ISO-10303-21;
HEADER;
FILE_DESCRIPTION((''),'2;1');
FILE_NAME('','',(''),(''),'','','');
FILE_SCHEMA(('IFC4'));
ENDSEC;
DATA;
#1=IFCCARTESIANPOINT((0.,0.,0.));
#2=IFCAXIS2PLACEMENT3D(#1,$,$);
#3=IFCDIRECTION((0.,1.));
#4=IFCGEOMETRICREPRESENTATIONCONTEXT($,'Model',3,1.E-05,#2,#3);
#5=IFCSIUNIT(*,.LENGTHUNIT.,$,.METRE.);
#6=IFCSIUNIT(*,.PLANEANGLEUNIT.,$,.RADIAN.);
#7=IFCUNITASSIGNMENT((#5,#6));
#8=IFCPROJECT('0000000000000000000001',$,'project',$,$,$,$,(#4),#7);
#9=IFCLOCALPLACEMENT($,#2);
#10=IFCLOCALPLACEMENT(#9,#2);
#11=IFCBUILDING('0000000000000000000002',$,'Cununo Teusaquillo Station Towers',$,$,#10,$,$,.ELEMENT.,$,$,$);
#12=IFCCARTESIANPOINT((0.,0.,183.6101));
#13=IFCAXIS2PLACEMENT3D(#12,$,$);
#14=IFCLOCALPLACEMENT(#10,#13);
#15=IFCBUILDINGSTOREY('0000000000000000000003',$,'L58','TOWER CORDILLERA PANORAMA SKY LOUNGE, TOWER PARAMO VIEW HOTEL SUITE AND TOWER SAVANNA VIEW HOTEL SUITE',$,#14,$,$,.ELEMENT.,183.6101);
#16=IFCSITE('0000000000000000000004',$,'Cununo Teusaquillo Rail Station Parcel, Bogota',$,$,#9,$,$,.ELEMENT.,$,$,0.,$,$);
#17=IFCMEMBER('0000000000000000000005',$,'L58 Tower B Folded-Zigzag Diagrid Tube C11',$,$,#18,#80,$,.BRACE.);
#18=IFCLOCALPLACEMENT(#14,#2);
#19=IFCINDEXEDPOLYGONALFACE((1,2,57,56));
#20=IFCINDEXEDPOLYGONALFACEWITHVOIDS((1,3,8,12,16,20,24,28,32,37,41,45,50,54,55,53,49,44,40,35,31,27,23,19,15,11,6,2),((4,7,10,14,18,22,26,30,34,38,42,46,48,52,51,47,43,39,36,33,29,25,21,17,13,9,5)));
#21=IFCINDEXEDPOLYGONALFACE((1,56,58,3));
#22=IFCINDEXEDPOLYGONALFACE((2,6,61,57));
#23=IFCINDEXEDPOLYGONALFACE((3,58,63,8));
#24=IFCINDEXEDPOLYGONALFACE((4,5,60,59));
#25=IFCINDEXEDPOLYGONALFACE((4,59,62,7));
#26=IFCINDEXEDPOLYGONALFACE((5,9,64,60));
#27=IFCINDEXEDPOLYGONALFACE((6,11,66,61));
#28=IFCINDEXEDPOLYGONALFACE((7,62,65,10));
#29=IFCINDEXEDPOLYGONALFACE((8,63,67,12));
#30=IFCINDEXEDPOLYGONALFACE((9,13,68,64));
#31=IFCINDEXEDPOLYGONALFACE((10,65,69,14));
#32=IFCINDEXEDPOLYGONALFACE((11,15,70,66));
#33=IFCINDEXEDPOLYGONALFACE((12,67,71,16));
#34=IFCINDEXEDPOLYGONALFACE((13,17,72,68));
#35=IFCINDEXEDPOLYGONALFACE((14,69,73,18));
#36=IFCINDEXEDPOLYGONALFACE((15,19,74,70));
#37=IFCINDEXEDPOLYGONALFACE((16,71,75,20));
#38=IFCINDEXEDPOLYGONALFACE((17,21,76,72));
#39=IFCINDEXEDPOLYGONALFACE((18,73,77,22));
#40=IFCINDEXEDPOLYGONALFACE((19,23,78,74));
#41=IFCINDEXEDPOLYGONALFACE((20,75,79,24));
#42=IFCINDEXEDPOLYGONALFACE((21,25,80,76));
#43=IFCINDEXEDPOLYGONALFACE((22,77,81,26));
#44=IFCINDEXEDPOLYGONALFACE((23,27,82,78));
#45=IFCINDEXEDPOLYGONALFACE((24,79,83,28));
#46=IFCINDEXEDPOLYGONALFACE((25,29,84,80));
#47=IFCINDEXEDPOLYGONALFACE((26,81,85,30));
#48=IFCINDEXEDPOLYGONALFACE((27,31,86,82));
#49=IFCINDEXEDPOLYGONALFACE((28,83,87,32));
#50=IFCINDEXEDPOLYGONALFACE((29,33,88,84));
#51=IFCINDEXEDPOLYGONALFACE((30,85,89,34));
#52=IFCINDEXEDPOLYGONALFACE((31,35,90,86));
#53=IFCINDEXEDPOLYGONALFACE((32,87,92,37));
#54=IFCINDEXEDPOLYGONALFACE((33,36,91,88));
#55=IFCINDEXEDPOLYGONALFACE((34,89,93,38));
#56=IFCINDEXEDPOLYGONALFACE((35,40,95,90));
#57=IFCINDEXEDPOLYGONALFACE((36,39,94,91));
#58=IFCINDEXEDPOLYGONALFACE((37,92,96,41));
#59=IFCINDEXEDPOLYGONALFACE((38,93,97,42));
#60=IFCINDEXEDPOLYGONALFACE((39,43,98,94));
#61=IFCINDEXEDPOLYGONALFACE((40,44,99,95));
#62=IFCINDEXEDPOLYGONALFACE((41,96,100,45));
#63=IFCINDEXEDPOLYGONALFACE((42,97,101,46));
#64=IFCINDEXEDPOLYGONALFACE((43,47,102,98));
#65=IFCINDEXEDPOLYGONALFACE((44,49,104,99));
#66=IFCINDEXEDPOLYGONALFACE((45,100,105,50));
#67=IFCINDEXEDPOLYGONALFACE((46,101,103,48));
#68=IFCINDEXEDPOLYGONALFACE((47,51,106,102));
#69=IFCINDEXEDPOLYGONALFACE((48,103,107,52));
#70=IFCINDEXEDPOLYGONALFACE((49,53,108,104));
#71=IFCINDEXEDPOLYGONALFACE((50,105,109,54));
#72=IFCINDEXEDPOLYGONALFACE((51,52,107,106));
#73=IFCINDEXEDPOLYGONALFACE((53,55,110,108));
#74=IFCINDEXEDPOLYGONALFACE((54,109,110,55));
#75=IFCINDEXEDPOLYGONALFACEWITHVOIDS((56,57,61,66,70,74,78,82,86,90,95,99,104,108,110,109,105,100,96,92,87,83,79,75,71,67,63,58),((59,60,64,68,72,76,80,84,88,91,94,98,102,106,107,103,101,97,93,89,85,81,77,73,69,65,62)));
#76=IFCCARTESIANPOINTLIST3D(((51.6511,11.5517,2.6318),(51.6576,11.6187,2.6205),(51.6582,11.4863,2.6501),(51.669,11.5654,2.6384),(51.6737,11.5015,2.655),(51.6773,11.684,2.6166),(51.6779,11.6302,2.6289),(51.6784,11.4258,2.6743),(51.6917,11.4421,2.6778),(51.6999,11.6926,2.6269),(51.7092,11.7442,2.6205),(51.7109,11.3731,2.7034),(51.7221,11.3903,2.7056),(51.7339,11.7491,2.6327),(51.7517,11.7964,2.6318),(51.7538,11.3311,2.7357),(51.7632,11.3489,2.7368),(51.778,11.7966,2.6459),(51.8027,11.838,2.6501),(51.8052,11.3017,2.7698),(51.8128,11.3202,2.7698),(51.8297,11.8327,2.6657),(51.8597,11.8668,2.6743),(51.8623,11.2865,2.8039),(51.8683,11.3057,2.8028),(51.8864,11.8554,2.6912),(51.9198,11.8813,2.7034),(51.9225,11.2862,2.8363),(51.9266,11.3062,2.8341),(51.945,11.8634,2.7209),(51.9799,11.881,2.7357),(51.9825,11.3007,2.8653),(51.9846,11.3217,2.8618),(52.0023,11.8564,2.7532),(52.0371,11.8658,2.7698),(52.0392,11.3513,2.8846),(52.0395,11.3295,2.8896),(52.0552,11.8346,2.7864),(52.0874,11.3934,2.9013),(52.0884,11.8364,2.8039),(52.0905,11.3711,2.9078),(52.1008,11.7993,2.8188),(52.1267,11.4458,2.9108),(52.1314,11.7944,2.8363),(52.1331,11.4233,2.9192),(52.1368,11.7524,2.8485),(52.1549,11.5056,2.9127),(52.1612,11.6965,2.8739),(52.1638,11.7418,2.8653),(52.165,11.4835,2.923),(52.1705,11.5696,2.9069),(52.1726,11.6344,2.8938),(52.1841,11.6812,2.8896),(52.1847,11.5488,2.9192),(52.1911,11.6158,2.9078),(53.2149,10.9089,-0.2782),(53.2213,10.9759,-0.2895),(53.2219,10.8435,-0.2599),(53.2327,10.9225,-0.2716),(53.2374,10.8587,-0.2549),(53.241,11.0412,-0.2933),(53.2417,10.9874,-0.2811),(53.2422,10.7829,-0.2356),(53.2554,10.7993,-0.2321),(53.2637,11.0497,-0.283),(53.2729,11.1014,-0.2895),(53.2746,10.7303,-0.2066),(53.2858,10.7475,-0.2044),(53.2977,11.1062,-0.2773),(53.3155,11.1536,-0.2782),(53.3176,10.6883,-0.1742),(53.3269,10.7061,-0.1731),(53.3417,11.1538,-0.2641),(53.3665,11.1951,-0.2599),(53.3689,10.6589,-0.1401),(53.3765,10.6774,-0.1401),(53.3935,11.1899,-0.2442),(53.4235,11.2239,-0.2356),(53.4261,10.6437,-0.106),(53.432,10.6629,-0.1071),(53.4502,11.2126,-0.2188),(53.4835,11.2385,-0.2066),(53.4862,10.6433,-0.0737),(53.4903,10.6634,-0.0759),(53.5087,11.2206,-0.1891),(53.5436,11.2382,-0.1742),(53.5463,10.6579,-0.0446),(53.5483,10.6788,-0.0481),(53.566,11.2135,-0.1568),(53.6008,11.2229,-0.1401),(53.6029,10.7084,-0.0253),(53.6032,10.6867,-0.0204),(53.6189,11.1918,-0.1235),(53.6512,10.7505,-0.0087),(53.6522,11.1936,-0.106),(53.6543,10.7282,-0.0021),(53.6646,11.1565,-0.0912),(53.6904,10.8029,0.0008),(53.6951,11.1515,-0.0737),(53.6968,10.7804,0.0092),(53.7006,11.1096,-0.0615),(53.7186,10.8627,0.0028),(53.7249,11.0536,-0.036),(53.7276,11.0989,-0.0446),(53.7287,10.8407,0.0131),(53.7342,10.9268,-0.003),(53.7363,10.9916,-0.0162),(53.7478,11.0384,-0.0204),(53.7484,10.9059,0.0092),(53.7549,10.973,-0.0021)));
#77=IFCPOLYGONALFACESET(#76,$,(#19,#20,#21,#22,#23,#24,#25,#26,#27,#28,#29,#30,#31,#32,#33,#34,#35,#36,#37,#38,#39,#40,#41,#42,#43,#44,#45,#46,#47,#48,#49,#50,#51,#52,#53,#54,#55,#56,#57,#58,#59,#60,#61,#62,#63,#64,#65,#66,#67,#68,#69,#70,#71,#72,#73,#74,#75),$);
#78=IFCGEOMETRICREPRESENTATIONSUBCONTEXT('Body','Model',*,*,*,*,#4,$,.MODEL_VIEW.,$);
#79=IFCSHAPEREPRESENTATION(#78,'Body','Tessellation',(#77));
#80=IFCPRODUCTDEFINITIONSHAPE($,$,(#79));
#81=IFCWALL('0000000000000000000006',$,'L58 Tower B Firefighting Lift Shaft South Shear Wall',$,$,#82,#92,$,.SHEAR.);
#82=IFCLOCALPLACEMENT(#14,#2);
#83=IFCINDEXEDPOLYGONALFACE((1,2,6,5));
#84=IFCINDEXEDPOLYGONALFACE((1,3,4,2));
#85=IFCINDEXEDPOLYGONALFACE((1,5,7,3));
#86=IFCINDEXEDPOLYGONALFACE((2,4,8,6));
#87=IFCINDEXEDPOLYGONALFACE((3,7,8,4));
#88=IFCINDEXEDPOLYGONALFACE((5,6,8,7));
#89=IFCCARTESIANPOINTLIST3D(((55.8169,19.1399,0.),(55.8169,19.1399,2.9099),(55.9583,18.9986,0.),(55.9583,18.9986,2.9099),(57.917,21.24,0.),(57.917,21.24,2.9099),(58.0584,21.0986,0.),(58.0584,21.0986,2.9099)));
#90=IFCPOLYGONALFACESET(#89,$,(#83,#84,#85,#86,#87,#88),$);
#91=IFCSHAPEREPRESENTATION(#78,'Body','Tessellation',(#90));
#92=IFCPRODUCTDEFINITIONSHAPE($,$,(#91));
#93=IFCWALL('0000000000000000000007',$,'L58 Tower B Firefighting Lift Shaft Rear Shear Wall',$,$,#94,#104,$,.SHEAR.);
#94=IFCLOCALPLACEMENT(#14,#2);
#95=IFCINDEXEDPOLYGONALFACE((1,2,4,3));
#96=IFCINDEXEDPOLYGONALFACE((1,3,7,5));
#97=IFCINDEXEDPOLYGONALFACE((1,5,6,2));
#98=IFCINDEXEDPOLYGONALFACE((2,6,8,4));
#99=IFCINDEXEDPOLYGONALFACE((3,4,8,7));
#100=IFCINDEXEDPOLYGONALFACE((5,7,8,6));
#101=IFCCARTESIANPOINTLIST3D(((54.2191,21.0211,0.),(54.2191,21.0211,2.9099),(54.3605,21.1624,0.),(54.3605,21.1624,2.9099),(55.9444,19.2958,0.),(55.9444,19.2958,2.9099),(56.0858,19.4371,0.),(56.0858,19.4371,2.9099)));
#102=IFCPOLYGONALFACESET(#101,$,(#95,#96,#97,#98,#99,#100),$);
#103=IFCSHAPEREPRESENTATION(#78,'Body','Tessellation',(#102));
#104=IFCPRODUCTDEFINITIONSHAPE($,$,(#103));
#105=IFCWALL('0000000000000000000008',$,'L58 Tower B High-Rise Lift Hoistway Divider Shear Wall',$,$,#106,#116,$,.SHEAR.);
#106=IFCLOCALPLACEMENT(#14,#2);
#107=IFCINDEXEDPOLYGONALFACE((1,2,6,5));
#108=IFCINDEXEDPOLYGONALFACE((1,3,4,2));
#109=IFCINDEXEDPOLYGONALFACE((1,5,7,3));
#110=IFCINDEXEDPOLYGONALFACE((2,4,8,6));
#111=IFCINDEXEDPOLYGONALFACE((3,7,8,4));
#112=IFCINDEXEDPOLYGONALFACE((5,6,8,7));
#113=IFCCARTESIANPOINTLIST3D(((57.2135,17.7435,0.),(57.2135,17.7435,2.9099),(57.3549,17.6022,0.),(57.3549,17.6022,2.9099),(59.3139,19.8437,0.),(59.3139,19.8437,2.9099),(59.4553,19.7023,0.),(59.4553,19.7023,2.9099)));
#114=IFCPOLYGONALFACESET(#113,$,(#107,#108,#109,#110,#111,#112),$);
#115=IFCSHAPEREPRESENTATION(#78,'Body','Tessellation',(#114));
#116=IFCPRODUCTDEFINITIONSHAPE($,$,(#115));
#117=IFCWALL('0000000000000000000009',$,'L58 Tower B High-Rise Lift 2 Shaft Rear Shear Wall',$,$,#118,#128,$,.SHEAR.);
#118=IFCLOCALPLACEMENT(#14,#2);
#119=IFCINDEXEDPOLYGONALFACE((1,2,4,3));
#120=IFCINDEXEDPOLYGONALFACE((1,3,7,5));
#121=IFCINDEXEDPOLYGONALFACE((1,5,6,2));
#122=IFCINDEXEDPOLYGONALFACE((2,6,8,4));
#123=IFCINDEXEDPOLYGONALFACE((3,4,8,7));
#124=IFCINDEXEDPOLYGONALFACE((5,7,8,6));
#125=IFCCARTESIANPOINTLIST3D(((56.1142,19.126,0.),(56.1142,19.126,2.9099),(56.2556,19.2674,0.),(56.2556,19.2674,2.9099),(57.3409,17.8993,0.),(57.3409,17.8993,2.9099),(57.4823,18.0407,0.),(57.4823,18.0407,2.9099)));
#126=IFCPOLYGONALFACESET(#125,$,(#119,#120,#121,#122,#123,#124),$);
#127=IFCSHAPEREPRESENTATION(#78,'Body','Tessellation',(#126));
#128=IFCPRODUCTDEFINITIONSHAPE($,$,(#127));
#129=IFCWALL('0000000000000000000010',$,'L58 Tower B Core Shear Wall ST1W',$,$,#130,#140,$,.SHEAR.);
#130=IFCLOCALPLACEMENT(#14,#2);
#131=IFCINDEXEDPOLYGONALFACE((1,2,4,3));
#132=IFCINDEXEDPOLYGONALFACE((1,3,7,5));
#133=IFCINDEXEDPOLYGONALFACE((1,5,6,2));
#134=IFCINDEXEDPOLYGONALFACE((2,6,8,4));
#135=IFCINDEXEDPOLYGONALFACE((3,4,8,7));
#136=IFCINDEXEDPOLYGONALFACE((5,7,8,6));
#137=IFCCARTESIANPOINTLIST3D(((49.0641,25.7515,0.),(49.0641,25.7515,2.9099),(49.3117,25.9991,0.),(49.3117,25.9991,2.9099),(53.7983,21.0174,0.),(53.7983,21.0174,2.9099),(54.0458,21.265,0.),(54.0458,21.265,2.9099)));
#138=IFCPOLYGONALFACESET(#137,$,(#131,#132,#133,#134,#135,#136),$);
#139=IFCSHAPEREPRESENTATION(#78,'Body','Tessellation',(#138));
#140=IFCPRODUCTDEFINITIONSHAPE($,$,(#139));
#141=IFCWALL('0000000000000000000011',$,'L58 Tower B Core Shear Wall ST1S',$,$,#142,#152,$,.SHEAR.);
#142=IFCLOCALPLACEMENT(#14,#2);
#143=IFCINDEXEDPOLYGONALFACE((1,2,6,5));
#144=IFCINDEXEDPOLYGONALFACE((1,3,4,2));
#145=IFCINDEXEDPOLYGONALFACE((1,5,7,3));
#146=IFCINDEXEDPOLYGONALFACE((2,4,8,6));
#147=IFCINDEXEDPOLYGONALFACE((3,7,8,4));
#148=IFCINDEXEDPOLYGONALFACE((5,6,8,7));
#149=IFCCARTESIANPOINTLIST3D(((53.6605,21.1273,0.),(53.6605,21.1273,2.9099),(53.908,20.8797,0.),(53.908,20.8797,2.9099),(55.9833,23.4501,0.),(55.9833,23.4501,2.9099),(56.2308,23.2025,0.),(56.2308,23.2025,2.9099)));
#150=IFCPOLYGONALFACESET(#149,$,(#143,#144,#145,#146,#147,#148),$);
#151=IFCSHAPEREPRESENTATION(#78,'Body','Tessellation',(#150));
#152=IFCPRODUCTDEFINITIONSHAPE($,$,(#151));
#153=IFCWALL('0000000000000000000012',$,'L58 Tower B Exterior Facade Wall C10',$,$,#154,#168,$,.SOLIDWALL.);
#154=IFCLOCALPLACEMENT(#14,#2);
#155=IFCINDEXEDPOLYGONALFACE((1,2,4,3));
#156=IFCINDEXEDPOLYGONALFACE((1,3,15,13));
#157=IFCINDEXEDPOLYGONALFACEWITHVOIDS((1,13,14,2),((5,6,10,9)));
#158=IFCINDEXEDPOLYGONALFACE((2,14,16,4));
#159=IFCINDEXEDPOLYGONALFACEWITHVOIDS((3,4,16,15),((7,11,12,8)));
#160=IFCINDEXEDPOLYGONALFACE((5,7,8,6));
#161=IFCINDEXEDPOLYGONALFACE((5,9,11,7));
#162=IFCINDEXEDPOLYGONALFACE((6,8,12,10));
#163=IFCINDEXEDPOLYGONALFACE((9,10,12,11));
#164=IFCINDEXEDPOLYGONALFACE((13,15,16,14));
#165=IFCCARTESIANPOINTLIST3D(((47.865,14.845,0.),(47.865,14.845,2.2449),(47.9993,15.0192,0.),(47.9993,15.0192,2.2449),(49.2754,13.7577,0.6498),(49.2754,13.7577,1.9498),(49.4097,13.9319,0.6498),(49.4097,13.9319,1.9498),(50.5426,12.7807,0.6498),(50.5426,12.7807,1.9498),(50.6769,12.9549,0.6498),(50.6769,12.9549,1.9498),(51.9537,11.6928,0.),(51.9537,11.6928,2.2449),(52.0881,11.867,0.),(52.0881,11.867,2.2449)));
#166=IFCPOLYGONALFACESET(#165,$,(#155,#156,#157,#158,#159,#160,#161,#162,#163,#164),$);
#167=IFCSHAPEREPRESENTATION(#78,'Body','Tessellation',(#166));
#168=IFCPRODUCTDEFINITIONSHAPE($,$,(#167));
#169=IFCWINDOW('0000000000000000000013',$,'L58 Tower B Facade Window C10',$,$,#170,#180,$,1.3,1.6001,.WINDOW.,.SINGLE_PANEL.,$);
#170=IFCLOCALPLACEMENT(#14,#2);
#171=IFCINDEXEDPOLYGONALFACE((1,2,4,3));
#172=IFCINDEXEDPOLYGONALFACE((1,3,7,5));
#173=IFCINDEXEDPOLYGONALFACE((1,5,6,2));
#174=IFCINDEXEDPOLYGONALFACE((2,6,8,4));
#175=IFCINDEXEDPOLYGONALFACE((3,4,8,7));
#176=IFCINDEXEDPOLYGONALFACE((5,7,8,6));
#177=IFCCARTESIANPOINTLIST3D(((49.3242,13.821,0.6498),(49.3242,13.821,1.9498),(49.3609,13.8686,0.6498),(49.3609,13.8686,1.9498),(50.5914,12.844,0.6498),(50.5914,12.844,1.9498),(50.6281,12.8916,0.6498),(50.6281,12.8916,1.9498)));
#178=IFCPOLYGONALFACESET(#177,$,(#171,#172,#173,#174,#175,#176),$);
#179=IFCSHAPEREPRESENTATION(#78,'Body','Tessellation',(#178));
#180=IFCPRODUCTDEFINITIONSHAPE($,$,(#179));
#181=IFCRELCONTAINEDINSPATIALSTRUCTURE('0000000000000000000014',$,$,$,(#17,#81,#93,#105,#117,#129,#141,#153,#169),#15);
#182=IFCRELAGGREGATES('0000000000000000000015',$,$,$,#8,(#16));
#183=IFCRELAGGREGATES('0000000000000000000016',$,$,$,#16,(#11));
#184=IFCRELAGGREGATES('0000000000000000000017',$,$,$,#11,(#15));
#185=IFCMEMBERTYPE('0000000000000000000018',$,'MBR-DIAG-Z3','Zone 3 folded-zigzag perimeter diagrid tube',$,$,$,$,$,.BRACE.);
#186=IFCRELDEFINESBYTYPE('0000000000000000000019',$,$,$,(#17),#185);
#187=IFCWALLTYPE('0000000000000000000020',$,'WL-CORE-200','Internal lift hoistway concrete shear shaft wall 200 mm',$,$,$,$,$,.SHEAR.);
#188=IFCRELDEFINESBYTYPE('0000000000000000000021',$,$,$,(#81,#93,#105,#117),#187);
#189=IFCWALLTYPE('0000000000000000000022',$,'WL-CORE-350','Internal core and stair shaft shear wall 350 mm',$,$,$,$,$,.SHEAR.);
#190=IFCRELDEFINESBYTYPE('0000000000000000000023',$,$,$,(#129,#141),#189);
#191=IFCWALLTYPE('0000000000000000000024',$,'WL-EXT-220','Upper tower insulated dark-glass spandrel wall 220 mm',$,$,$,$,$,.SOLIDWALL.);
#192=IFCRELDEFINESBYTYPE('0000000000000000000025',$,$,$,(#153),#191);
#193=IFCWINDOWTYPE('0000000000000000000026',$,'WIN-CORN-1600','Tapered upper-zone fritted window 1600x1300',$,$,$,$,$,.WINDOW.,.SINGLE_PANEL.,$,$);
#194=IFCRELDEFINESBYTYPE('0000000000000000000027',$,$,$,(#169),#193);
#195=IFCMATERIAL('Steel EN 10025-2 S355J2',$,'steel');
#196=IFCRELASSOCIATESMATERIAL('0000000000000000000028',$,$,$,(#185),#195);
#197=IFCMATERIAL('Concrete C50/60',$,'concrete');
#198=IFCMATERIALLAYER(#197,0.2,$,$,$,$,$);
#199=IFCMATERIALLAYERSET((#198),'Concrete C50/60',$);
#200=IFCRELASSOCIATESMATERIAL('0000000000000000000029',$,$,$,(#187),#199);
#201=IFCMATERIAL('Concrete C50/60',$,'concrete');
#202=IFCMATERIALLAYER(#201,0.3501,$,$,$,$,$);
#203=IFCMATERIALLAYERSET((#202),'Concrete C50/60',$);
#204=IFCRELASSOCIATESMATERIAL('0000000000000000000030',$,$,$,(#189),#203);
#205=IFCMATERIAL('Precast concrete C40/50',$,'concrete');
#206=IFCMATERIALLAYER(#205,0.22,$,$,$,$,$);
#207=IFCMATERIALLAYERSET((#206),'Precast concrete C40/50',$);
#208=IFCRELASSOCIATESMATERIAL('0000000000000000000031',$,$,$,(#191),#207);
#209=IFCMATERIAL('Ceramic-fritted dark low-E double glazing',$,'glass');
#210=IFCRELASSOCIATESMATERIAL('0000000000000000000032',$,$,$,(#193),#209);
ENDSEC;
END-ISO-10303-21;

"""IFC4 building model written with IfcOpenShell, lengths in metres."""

from ifc_helpers import new_model, si_unit, direction, frame, frame_2d, origin, origin_2d, place, context, subcontext, project, spatial, rectangle, hollow_circle, extrude, source, transform, mapped, material, layer, layer_set, material_profile, profile_set, type_object, element, fill, save


model = new_model("IFC4")

# Units and contexts
model_context = context("Model", 3, precision=1e-05, world=origin(), true_north=direction((0.0, 1.0)))
body_context = subcontext(model_context, "Body", "Model", "MODEL_VIEW")
ifc_project = project(units=[si_unit("LENGTHUNIT", "METRE"), si_unit("PLANEANGLEUNIT", "RADIAN")], contexts=[model_context])

# Site, building, storey
site_placement = place(None, origin())
site = spatial("IfcSite", under=ifc_project, at=site_placement, Name="Cununo Teusaquillo Rail Station Parcel, Bogota", CompositionType="ELEMENT", RefElevation=0.0)
building_placement = place(site_placement, origin())
building = spatial("IfcBuilding", under=site, at=building_placement, Name="Cununo Teusaquillo Station Towers", CompositionType="ELEMENT")
storey_placement = place(building_placement, frame((0.0, 0.0, 183.6101)))
storey = spatial("IfcBuildingStorey", under=building, at=storey_placement, Name="L58", Description="TOWER CORDILLERA PANORAMA SKY LOUNGE, TOWER PARAMO VIEW HOTEL SUITE AND TOWER SAVANNA VIEW HOTEL SUITE", CompositionType="ELEMENT", Elevation=183.6101)

# Member
ifc_material_1 = material(Name="Steel EN 10025-2 S355J2", Category="steel")
ifc_material_profile_1 = material_profile(ifc_material_1, hollow_circle(Radius=0.3049, WallThickness=0.02, at=origin_2d()), Name="CHS 610x20")
ifc_profile_set_1 = profile_set([ifc_material_profile_1], Name="Steel EN 10025-2 S355J2")
member_type = type_object("IfcMemberType", Name="MBR-DIAG-Z3", Description="Zone 3 folded-zigzag perimeter diagrid tube", PredefinedType="BRACE", material=ifc_profile_set_1)
member_placement = place(storey_placement, frame((53.4849, 10.9409, -0.1401), z_axis=(-0.464644, 0.191008, 0.864651), x_axis=(-0.380212, -0.924899, 0.0)))
element("IfcMember", 1, at=member_placement, inside=storey, type_object=member_type, Name="L58 Tower B Folded-Zigzag Diagrid Tube C11", PredefinedType="BRACE", context=body_context, shape_type="SweptSolid", body=[
    extrude(hollow_circle(Radius=0.3049, WallThickness=0.02, at=origin_2d()), origin(), (0.0, 0.0, 1.0), 3.3655),
])

# Walls
ifc_material_2 = material(Name="Concrete C50/60", Category="concrete")
ifc_layer_1 = layer(ifc_material_2, 0.2)
ifc_layer_set_1 = layer_set([ifc_layer_1], Name="Concrete C50/60")
wall_type_1 = type_object("IfcWallType", Name="WL-CORE-200", Description="Internal lift hoistway concrete shear shaft wall 200 mm", PredefinedType="SHEAR", material=ifc_layer_set_1)
wall_1_placement = place(storey_placement, frame((55.8877, 19.0693, 0.0), z_axis=(0.0, 0.0, 1.0), x_axis=(0.707107, 0.707107, 0.0)))
element("IfcWall", 2, at=wall_1_placement, inside=storey, type_object=wall_type_1, Name="L58 Tower B Firefighting Lift Shaft South Shear Wall", PredefinedType="SHEAR", context=body_context, shape_type="SweptSolid", body=[
    extrude(rectangle(XDim=2.97, YDim=0.2, at=frame_2d((1.4849, 0.0))), origin(), (0.0, 0.0, 1.0), 2.9099),
])
wall_2_placement = place(storey_placement, frame((56.0151, 19.3665, 0.0), z_axis=(0.0, 0.0, 1.0), x_axis=(-0.707107, 0.707107, 0.0)))
element("IfcWall", 3, at=wall_2_placement, inside=storey, type_object=wall_type_1, Name="L58 Tower B Firefighting Lift Shaft Rear Shear Wall", PredefinedType="SHEAR", context=body_context, shape_type="SweptSolid", body=[
    extrude(rectangle(XDim=2.4399, YDim=0.2, at=frame_2d((1.22, 0.0))), origin(), (0.0, 0.0, 1.0), 2.9099),
])
wall_3_placement = place(storey_placement, frame((57.2842, 17.6729, 0.0), z_axis=(0.0, 0.0, 1.0), x_axis=(0.707148, 0.707066, 0.0)))
element("IfcWall", 4, at=wall_3_placement, inside=storey, type_object=wall_type_1, Name="L58 Tower B High-Rise Lift Hoistway Divider Shear Wall", PredefinedType="SHEAR", context=body_context, shape_type="SweptSolid", body=[
    extrude(rectangle(XDim=2.9702, YDim=0.2, at=frame_2d((1.4851, 0.0))), origin(), (0.0, 0.0, 1.0), 2.9099),
])
wall_4_placement = place(storey_placement, frame((57.4116, 17.97, 0.0), z_axis=(0.0, 0.0, 1.0), x_axis=(-0.707107, 0.707107, 0.0)))
element("IfcWall", 5, at=wall_4_placement, inside=storey, type_object=wall_type_1, Name="L58 Tower B High-Rise Lift 2 Shaft Rear Shear Wall", PredefinedType="SHEAR", context=body_context, shape_type="SweptSolid", body=[
    extrude(rectangle(XDim=1.7349, YDim=0.2, at=frame_2d((0.8674, 0.0))), origin(), (0.0, 0.0, 1.0), 2.9099),
])
ifc_material_3 = material(Name="Concrete C50/60", Category="concrete")
ifc_layer_2 = layer(ifc_material_3, 0.3501)
ifc_layer_set_2 = layer_set([ifc_layer_2], Name="Concrete C50/60")
wall_type_2 = type_object("IfcWallType", Name="WL-CORE-350", Description="Internal core and stair shaft shear wall 350 mm", PredefinedType="SHEAR", material=ifc_layer_set_2)
wall_5_placement = place(storey_placement, frame((53.9221, 21.1411, 0.0), z_axis=(0.0, 0.0, 1.0), x_axis=(-0.707107, 0.707107, 0.0)))
element("IfcWall", 6, at=wall_5_placement, inside=storey, type_object=wall_type_2, Name="L58 Tower B Core Shear Wall ST1W", PredefinedType="SHEAR", context=body_context, shape_type="SweptSolid", body=[
    extrude(rectangle(XDim=6.6951, YDim=0.3501, at=frame_2d((3.3477, 0.0))), origin(), (0.0, 0.0, 1.0), 2.9099),
])
wall_6_placement = place(storey_placement, frame((53.7842, 21.0034, 0.0), z_axis=(0.0, 0.0, 1.0), x_axis=(0.707107, 0.707107, 0.0)))
element("IfcWall", 7, at=wall_6_placement, inside=storey, type_object=wall_type_2, Name="L58 Tower B Core Shear Wall ST1S", PredefinedType="SHEAR", context=body_context, shape_type="SweptSolid", body=[
    extrude(rectangle(XDim=3.2849, YDim=0.3501, at=frame_2d((1.6426, 0.0))), origin(), (0.0, 0.0, 1.0), 2.9099),
])

# Wall, opening, window
ifc_material_4 = material(Name="Precast concrete C40/50", Category="concrete")
ifc_layer_3 = layer(ifc_material_4, 0.22)
ifc_layer_set_3 = layer_set([ifc_layer_3], Name="Precast concrete C40/50")
wall_type_3 = type_object("IfcWallType", Name="WL-EXT-220", Description="Upper tower insulated dark-glass spandrel wall 220 mm", PredefinedType="SOLIDWALL", material=ifc_layer_set_3)
wall_7_placement = place(storey_placement, frame((52.021, 11.7798, 0.0), z_axis=(0.0, 0.0, 1.0), x_axis=(-0.791963, 0.61057, 0.0)))
wall_7 = element("IfcWall", 8, at=wall_7_placement, inside=storey, type_object=wall_type_3, Name="L58 Tower B Exterior Facade Wall C10", PredefinedType="SOLIDWALL", context=body_context, shape_type="SweptSolid", body=[
    extrude(rectangle(XDim=5.1628, YDim=0.22, at=frame_2d((2.5815, 0.0))), origin(), (0.0, 0.0, 1.0), 2.2449),
])
shared_shape_1 = source(origin(), body_context, "Body", "SweptSolid", [
    extrude(rectangle(XDim=1.6001, YDim=1.3, at=frame_2d((0.8, 0.6499))), frame((0.0, 0.1199, 0.0), z_axis=(0.0, -1.0, 0.0), x_axis=(1.0, 0.0, 0.0)), (0.0, 0.0, 1.0), 0.24),
])
opening_1_placement = place(wall_7_placement, frame((1.782, 0.0, 0.6499)))
opening_1 = element("IfcOpeningElement", 9, at=opening_1_placement, cuts=wall_7, PredefinedType="OPENING", context=body_context, shape_type="MappedRepresentation", body=[
    mapped(shared_shape_1, transform((0.0, 0.0, 0.0), x_axis=(1.0, 0.0, 0.0), y_axis=(0.0, 1.0, 0.0), z_axis=(0.0, 0.0, 1.0), scale=1.0)),
])
ifc_material_5 = material(Name="Ceramic-fritted dark low-E double glazing", Category="glass")
window_type = type_object("IfcWindowType", Name="WIN-CORN-1600", Description="Tapered upper-zone fritted window 1600x1300", PartitioningType="SINGLE_PANEL", PredefinedType="WINDOW", material=ifc_material_5)
shared_shape_2 = source(origin(), body_context, "Body", "SweptSolid", [
    extrude(rectangle(XDim=1.6001, YDim=1.3, at=frame_2d((0.8, 0.6499))), frame((0.0, 0.03, 0.0), z_axis=(0.0, -1.0, 0.0), x_axis=(1.0, 0.0, 0.0)), (0.0, 0.0, 1.0), 0.0601),
])
window_placement = place(opening_1_placement, origin())
window = element("IfcWindow", 10, at=window_placement, inside=storey, type_object=window_type, Name="L58 Tower B Facade Window C10", OverallHeight=1.3, OverallWidth=1.6001, PartitioningType="SINGLE_PANEL", PredefinedType="WINDOW", context=body_context, shape_type="MappedRepresentation", body=[
    mapped(shared_shape_2, transform((0.0, 0.0, 0.0), x_axis=(1.0, 0.0, 0.0), y_axis=(0.0, 1.0, 0.0), z_axis=(0.0, 0.0, 1.0), scale=1.0)),
])
fill(opening_1, window)

save(model, "model.ifc")
